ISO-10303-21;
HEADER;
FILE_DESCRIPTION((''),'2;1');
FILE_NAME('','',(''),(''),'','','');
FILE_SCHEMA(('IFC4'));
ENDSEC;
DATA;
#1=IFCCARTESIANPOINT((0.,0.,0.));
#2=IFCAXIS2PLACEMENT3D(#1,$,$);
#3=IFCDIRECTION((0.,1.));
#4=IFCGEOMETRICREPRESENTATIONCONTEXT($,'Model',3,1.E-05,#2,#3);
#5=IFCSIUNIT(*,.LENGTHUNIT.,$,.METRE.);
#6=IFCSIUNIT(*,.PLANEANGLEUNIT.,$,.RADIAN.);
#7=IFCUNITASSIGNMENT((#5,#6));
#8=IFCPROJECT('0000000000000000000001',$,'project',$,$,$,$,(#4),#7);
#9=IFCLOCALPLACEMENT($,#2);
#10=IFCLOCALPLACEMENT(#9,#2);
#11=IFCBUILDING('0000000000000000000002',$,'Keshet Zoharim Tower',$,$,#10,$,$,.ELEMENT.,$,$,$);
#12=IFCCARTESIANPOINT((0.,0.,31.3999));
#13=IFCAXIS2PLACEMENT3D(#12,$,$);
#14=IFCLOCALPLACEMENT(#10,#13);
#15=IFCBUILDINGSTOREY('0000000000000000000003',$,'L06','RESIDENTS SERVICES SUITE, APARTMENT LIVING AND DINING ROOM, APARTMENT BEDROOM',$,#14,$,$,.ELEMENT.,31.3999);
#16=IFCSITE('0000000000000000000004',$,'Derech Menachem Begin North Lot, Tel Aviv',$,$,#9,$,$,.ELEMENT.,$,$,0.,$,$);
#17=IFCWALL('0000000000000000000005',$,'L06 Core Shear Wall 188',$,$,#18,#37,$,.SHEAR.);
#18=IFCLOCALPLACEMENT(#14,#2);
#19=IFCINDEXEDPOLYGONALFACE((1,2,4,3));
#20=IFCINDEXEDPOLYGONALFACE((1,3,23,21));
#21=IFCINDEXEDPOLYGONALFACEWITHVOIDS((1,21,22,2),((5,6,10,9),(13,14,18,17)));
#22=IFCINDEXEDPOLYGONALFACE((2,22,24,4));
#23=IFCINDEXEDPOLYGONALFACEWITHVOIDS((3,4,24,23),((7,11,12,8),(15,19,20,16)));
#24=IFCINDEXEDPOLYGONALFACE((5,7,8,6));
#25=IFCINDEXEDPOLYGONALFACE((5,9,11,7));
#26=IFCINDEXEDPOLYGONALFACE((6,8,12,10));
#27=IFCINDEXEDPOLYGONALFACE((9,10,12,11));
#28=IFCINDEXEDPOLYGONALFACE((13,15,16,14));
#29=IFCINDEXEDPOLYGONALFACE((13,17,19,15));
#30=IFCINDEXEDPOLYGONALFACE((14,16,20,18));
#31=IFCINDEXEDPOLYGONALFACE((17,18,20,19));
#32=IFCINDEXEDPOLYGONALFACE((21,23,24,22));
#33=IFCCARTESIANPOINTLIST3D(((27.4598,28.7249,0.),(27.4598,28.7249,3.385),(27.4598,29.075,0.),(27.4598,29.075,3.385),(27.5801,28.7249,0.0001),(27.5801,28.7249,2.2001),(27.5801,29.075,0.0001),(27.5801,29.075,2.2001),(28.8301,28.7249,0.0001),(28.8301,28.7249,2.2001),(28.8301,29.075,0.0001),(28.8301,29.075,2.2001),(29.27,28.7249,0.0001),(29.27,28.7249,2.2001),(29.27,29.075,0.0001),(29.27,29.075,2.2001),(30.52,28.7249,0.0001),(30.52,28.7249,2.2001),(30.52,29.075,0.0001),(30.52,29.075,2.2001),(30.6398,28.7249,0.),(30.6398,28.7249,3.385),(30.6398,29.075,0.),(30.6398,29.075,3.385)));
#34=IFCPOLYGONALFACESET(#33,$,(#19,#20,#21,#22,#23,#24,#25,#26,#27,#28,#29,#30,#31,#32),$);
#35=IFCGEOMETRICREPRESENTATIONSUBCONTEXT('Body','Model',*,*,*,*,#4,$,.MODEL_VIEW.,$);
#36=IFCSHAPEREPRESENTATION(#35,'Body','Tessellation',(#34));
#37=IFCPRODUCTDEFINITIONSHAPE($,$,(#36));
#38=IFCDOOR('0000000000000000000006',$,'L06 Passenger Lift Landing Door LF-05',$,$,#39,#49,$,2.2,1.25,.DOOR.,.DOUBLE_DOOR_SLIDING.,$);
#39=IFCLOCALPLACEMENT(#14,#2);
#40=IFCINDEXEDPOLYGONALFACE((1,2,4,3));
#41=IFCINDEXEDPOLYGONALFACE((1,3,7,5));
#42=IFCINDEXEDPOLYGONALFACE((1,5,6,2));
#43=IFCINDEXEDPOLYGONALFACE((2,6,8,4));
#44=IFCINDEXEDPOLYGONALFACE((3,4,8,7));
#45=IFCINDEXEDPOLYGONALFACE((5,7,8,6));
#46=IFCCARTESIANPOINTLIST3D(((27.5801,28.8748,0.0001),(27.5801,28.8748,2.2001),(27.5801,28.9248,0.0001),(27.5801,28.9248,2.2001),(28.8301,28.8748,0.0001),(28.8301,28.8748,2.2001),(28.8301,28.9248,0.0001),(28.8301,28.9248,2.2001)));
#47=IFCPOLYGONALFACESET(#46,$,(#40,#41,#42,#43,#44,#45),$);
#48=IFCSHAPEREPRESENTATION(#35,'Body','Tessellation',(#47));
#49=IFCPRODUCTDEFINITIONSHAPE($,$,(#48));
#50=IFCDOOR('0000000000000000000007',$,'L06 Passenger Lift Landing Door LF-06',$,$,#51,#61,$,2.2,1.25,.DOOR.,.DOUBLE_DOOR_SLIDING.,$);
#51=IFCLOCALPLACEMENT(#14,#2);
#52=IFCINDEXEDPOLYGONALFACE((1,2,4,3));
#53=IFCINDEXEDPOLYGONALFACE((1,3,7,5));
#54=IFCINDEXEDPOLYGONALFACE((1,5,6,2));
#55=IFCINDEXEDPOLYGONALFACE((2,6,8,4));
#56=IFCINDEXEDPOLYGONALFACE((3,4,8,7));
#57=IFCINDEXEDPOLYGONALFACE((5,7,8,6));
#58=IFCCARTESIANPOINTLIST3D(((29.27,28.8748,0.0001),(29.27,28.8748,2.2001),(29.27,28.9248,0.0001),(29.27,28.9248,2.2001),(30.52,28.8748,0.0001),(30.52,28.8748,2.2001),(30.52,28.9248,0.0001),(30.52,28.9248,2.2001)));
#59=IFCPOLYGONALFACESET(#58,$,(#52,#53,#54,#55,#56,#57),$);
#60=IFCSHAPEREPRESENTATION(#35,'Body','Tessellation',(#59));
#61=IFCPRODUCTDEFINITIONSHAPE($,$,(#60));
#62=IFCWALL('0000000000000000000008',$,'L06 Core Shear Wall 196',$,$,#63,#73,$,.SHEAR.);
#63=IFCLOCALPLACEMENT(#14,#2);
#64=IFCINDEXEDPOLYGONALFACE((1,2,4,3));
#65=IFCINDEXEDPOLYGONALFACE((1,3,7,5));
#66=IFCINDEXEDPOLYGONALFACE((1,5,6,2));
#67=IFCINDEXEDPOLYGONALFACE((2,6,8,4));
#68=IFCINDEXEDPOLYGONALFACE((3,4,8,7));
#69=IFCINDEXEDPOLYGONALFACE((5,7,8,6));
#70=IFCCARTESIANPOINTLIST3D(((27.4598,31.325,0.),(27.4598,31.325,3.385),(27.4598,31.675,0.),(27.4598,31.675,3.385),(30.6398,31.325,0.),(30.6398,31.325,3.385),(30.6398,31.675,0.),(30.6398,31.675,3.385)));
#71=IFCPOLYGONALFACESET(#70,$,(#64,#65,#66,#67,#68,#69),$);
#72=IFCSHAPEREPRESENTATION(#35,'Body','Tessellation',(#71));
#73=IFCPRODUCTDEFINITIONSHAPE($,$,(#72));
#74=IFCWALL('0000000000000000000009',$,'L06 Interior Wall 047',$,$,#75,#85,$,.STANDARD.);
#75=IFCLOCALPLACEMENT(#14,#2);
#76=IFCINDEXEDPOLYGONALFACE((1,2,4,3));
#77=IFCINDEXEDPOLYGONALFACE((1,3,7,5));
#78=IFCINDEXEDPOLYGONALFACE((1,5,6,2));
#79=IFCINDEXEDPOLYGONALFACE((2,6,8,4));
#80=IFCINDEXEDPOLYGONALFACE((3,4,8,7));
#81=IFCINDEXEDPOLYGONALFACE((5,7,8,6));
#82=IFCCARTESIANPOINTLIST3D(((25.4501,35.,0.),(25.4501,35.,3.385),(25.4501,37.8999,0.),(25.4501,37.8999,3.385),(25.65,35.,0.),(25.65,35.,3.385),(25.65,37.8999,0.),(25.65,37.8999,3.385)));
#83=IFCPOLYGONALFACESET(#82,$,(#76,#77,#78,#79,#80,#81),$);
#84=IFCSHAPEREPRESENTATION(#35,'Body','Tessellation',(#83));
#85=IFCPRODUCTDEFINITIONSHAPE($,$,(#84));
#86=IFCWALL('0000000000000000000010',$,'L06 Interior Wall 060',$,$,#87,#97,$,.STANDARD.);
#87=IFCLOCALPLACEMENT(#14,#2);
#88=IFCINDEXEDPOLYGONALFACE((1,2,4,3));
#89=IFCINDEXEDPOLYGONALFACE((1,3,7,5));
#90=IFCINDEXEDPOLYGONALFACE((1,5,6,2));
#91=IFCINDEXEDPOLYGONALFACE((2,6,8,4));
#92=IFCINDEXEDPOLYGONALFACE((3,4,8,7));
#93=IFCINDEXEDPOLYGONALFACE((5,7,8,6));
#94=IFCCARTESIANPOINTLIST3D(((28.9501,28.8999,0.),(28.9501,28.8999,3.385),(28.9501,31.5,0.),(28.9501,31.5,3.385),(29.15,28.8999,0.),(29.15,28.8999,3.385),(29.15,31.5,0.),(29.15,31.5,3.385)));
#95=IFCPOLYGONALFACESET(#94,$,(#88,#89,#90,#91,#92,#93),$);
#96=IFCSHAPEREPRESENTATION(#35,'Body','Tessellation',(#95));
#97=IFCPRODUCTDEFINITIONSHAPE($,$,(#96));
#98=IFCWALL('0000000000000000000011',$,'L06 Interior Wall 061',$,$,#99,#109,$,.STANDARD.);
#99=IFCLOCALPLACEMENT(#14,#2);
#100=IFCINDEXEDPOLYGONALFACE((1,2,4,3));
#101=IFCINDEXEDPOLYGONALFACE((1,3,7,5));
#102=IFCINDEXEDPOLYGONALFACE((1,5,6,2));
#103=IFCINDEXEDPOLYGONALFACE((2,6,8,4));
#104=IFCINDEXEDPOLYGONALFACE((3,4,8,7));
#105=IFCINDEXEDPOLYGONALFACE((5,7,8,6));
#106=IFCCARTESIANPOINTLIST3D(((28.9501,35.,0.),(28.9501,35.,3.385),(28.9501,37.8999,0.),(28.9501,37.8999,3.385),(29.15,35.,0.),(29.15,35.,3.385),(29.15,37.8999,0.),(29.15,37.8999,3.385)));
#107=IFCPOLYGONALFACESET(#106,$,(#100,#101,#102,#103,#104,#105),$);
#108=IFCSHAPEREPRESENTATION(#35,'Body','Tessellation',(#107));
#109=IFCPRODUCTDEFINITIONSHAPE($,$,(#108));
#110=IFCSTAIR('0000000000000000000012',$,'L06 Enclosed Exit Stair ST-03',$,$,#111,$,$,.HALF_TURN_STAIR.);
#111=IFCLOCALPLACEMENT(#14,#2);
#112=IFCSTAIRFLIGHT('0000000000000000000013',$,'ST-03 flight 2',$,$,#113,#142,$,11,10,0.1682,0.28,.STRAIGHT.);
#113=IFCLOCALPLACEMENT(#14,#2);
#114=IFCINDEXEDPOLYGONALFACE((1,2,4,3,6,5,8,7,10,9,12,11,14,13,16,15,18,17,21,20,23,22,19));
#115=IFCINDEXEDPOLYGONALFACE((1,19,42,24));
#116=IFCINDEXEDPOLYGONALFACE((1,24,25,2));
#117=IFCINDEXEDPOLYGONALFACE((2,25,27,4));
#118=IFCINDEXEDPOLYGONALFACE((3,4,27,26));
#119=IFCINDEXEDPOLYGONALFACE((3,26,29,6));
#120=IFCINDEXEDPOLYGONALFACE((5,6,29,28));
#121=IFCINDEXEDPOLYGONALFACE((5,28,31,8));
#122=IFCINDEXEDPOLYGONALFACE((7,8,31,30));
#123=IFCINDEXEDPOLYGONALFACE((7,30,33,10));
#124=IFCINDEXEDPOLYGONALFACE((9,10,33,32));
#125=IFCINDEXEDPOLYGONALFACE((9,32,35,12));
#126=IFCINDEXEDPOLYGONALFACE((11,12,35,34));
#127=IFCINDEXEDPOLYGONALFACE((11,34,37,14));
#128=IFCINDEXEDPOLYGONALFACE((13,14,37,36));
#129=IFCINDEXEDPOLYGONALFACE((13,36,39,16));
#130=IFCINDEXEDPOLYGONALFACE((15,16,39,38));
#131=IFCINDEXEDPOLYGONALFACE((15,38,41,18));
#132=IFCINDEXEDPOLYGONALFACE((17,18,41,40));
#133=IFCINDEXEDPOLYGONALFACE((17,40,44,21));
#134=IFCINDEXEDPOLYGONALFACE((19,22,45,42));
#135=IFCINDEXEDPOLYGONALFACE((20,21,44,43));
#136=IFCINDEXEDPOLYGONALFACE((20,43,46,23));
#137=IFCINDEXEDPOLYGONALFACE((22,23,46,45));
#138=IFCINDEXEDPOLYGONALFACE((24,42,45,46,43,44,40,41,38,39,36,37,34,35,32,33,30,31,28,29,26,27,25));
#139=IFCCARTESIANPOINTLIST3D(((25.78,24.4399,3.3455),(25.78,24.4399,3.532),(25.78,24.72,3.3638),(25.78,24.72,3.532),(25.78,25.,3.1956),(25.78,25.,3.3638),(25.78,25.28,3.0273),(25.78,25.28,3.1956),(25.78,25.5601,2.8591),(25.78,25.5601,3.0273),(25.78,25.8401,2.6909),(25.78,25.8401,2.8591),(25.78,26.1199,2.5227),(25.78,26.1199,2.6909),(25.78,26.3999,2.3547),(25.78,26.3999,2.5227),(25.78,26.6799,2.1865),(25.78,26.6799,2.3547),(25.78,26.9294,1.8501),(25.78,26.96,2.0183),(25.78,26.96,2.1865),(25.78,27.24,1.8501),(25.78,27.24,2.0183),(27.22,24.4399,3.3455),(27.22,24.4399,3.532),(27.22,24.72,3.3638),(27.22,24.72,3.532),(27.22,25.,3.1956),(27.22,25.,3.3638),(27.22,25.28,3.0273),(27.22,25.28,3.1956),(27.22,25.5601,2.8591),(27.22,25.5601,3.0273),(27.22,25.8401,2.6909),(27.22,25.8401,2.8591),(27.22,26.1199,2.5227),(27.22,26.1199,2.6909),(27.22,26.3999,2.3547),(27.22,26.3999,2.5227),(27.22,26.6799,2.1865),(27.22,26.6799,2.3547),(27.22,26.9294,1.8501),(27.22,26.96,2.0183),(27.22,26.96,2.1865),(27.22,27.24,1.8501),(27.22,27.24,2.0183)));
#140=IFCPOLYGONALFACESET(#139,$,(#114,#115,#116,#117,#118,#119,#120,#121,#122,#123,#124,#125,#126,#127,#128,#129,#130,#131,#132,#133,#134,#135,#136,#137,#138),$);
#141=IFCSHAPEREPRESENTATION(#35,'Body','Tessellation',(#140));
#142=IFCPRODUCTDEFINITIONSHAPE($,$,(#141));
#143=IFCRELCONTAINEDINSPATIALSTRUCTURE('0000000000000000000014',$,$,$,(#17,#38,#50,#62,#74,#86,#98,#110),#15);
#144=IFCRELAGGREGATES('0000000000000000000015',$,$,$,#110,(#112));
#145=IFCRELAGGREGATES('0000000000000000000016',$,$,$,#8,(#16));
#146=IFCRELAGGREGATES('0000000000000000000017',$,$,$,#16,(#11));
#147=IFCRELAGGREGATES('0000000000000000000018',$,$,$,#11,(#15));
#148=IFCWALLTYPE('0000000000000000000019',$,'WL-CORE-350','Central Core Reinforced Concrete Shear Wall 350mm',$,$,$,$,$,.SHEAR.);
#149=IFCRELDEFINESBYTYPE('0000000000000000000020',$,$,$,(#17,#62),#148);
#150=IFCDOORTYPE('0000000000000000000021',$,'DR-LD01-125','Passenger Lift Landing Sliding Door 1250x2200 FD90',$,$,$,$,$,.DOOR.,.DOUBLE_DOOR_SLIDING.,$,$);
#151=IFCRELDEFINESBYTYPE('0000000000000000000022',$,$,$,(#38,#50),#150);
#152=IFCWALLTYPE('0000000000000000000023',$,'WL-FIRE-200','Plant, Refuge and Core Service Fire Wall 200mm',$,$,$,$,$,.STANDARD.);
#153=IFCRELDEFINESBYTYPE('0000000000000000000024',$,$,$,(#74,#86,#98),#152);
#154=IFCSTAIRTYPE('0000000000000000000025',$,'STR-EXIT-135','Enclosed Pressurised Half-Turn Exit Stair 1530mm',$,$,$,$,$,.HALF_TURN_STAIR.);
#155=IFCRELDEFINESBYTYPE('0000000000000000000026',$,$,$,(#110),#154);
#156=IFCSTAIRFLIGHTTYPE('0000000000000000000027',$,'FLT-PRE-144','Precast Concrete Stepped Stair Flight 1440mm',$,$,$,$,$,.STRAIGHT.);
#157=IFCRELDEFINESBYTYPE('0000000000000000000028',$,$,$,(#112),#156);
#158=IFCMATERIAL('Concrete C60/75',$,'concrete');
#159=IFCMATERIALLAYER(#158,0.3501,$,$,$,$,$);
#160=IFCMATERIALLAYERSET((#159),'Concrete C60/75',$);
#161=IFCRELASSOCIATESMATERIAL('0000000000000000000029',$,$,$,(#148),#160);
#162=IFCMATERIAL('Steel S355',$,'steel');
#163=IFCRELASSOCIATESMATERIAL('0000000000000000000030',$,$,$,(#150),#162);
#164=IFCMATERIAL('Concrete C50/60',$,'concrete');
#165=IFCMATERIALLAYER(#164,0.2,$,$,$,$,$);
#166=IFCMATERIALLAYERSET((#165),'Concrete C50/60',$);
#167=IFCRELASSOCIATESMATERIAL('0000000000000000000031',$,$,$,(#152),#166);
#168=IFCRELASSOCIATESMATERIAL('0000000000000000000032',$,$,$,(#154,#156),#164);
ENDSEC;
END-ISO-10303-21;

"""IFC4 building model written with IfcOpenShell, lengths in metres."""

from ifc_helpers import new_model, si_unit, direction, frame, frame_2d, origin, place, context, subcontext, project, spatial, polyline, rectangle, outline, extrude, material, layer, layer_set, type_object, element, fill, aggregate, save


model = new_model("IFC4")

# Units and contexts
model_context = context("Model", 3, precision=1e-05, world=origin(), true_north=direction((0.0, 1.0)))
body_context = subcontext(model_context, "Body", "Model", "MODEL_VIEW")
ifc_project = project(units=[si_unit("LENGTHUNIT", "METRE"), si_unit("PLANEANGLEUNIT", "RADIAN")], contexts=[model_context])

# Site, building, storey
site_placement = place(None, origin())
site = spatial("IfcSite", under=ifc_project, at=site_placement, Name="Derech Menachem Begin North Lot, Tel Aviv", CompositionType="ELEMENT", RefElevation=0.0)
building_placement = place(site_placement, origin())
building = spatial("IfcBuilding", under=site, at=building_placement, Name="Keshet Zoharim Tower", CompositionType="ELEMENT")
storey_placement = place(building_placement, frame((0.0, 0.0, 31.3999)))
storey = spatial("IfcBuildingStorey", under=building, at=storey_placement, Name="L06", Description="RESIDENTS SERVICES SUITE, APARTMENT LIVING AND DINING ROOM, APARTMENT BEDROOM", CompositionType="ELEMENT", Elevation=31.3999)

# Shared definitions
ifc_material_1 = material(Name="Concrete C60/75", Category="concrete")

# Shared definitions
ifc_material_2 = material(Name="Steel S355", Category="steel")

# Shared definitions
ifc_layer_1 = layer(ifc_material_1, 0.3501)
ifc_layer_set_1 = layer_set([ifc_layer_1], Name="Concrete C60/75")
wall_type_1 = type_object("IfcWallType", Name="WL-CORE-350", Description="Central Core Reinforced Concrete Shear Wall 350mm", PredefinedType="SHEAR", material=ifc_layer_set_1)

# Wall, openings, doors
door_type_1 = type_object("IfcDoorType", Name="DR-LD01-125", Description="Passenger Lift Landing Sliding Door 1250x2200 FD90", OperationType="DOUBLE_DOOR_SLIDING", PredefinedType="DOOR", material=ifc_material_2)
wall_1_placement = place(storey_placement, frame((27.46, 28.8999, 0.0), z_axis=(0.0, 0.0, 1.0), x_axis=(1.0, 0.0, 0.0)))
wall_1 = element("IfcWall", 1, at=wall_1_placement, inside=storey, type_object=wall_type_1, Name="L06 Core Shear Wall 188", PredefinedType="SHEAR", context=body_context, shape_type="SweptSolid", body=[
    extrude(rectangle(XDim=3.1799, YDim=0.3501, at=frame_2d((1.5898, 0.0))), origin(), (0.0, 0.0, 1.0), 3.385),
])
opening_1_placement = place(wall_1_placement, frame((0.1201, 0.0, 0.0)))
opening_1 = element("IfcOpeningElement", 2, at=opening_1_placement, cuts=wall_1, PredefinedType="OPENING", context=body_context, shape_type="SweptSolid", body=[
    extrude(rectangle(XDim=1.25, YDim=2.2, at=frame_2d((0.625, 1.1001))), frame((0.0, 0.1851, 0.0), z_axis=(0.0, -1.0, 0.0), x_axis=(1.0, 0.0, 0.0)), (0.0, 0.0, 1.0), 0.3701),
])
opening_2_placement = place(wall_1_placement, frame((1.8101, 0.0, 0.0)))
opening_2 = element("IfcOpeningElement", 3, at=opening_2_placement, cuts=wall_1, PredefinedType="OPENING", context=body_context, shape_type="SweptSolid", body=[
    extrude(rectangle(XDim=1.25, YDim=2.2, at=frame_2d((0.625, 1.1001))), frame((0.0, 0.1851, 0.0), z_axis=(0.0, -1.0, 0.0), x_axis=(1.0, 0.0, 0.0)), (0.0, 0.0, 1.0), 0.3701),
])
door_1_placement = place(opening_1_placement, origin())
door_1 = element("IfcDoor", 4, at=door_1_placement, inside=storey, type_object=door_type_1, Name="L06 Passenger Lift Landing Door LF-05", OperationType="DOUBLE_DOOR_SLIDING", OverallHeight=2.2, OverallWidth=1.25, PredefinedType="DOOR", context=body_context, shape_type="SweptSolid", body=[
    extrude(rectangle(XDim=1.25, YDim=2.2, at=frame_2d((0.625, 1.1001))), frame((0.0, 0.0249, 0.0), z_axis=(0.0, -1.0, 0.0), x_axis=(1.0, 0.0, 0.0)), (0.0, 0.0, 1.0), 0.05),
])
fill(opening_1, door_1)
door_2_placement = place(opening_2_placement, origin())
door_2 = element("IfcDoor", 5, at=door_2_placement, inside=storey, type_object=door_type_1, Name="L06 Passenger Lift Landing Door LF-06", OperationType="DOUBLE_DOOR_SLIDING", OverallHeight=2.2, OverallWidth=1.25, PredefinedType="DOOR", context=body_context, shape_type="SweptSolid", body=[
    extrude(rectangle(XDim=1.25, YDim=2.2, at=frame_2d((0.625, 1.1001))), frame((0.0, 0.0249, 0.0), z_axis=(0.0, -1.0, 0.0), x_axis=(1.0, 0.0, 0.0)), (0.0, 0.0, 1.0), 0.05),
])
fill(opening_2, door_2)

# Walls
wall_2_placement = place(storey_placement, frame((27.46, 31.5, 0.0), z_axis=(0.0, 0.0, 1.0), x_axis=(1.0, 0.0, 0.0)))
element("IfcWall", 6, at=wall_2_placement, inside=storey, type_object=wall_type_1, Name="L06 Core Shear Wall 196", PredefinedType="SHEAR", context=body_context, shape_type="SweptSolid", body=[
    extrude(rectangle(XDim=3.1799, YDim=0.3501, at=frame_2d((1.5898, 0.0))), origin(), (0.0, 0.0, 1.0), 3.385),
])
ifc_material_3 = material(Name="Concrete C50/60", Category="concrete")
ifc_layer_2 = layer(ifc_material_3, 0.2)
ifc_layer_set_2 = layer_set([ifc_layer_2], Name="Concrete C50/60")
wall_type_2 = type_object("IfcWallType", Name="WL-FIRE-200", Description="Plant, Refuge and Core Service Fire Wall 200mm", PredefinedType="STANDARD", material=ifc_layer_set_2)
wall_3_placement = place(storey_placement, frame((25.55, 35.0, 0.0), z_axis=(0.0, 0.0, 1.0), x_axis=(0.0, 1.0, 0.0)))
element("IfcWall", 7, at=wall_3_placement, inside=storey, type_object=wall_type_2, Name="L06 Interior Wall 047", PredefinedType="STANDARD", context=body_context, shape_type="SweptSolid", body=[
    extrude(rectangle(XDim=2.8999, YDim=0.2, at=frame_2d((1.45, 0.0))), origin(), (0.0, 0.0, 1.0), 3.385),
])
wall_4_placement = place(storey_placement, frame((29.05, 28.8999, 0.0), z_axis=(0.0, 0.0, 1.0), x_axis=(0.0, 1.0, 0.0)))
element("IfcWall", 8, at=wall_4_placement, inside=storey, type_object=wall_type_2, Name="L06 Interior Wall 060", PredefinedType="STANDARD", context=body_context, shape_type="SweptSolid", body=[
    extrude(rectangle(XDim=2.6001, YDim=0.2, at=frame_2d((1.3, 0.0))), origin(), (0.0, 0.0, 1.0), 3.385),
])
wall_5_placement = place(storey_placement, frame((29.05, 35.0, 0.0), z_axis=(0.0, 0.0, 1.0), x_axis=(0.0, 1.0, 0.0)))
element("IfcWall", 9, at=wall_5_placement, inside=storey, type_object=wall_type_2, Name="L06 Interior Wall 061", PredefinedType="STANDARD", context=body_context, shape_type="SweptSolid", body=[
    extrude(rectangle(XDim=2.8999, YDim=0.2, at=frame_2d((1.45, 0.0))), origin(), (0.0, 0.0, 1.0), 3.385),
])

# Stair, stair flight
stair_type = type_object("IfcStairType", Name="STR-EXIT-135", Description="Enclosed Pressurised Half-Turn Exit Stair 1530mm", PredefinedType="HALF_TURN_STAIR", material=ifc_material_3)
stair_placement = place(storey_placement, origin())
stair = element("IfcStair", 10, at=stair_placement, inside=storey, type_object=stair_type, Name="L06 Enclosed Exit Stair ST-03", PredefinedType="HALF_TURN_STAIR")
stair_flight_type = type_object("IfcStairFlightType", Name="FLT-PRE-144", Description="Precast Concrete Stepped Stair Flight 1440mm", PredefinedType="STRAIGHT", material=ifc_material_3)
stair_flight_placement = place(storey_placement, frame((26.5, 27.24, 1.8501), z_axis=(0.0, 0.0, 1.0), x_axis=(0.0, -1.0, 0.0)))
stair_flight = element("IfcStairFlight", 11, at=stair_flight_placement, type_object=stair_flight_type, Name="ST-03 flight 2", NumberOfRisers=11, NumberOfTreads=10, PredefinedType="STRAIGHT", RiserHeight=0.1682, TreadLength=0.28, context=body_context, shape_type="SweptSolid", body=[
    extrude(outline(polyline([(0.0, 0.0), (0.0, 0.1682), (0.28, 0.1682), (0.28, 0.3364), (0.5601, 0.3364), (0.5601, 0.5046), (0.8401, 0.5046), (0.8401, 0.6726), (1.1201, 0.6726), (1.1201, 0.8408), (1.3999, 0.8408), (1.3999, 1.009), (1.6799, 1.009), (1.6799, 1.1772), (1.96, 1.1772), (1.96, 1.3455), (2.24, 1.3455), (2.24, 1.5137), (2.52, 1.5137), (2.52, 1.6819), (2.8, 1.6819), (2.8, 1.8501), (2.8, 1.4954), (0.3105, 0.0), (0.0, 0.0)])), frame((0.0, 0.72, 0.0), z_axis=(0.0, -1.0, 0.0), x_axis=(1.0, 0.0, 0.0)), (0.0, 0.0, 1.0), 1.4399),
])
aggregate(stair, [stair_flight])

save(model, "model.ifc")
